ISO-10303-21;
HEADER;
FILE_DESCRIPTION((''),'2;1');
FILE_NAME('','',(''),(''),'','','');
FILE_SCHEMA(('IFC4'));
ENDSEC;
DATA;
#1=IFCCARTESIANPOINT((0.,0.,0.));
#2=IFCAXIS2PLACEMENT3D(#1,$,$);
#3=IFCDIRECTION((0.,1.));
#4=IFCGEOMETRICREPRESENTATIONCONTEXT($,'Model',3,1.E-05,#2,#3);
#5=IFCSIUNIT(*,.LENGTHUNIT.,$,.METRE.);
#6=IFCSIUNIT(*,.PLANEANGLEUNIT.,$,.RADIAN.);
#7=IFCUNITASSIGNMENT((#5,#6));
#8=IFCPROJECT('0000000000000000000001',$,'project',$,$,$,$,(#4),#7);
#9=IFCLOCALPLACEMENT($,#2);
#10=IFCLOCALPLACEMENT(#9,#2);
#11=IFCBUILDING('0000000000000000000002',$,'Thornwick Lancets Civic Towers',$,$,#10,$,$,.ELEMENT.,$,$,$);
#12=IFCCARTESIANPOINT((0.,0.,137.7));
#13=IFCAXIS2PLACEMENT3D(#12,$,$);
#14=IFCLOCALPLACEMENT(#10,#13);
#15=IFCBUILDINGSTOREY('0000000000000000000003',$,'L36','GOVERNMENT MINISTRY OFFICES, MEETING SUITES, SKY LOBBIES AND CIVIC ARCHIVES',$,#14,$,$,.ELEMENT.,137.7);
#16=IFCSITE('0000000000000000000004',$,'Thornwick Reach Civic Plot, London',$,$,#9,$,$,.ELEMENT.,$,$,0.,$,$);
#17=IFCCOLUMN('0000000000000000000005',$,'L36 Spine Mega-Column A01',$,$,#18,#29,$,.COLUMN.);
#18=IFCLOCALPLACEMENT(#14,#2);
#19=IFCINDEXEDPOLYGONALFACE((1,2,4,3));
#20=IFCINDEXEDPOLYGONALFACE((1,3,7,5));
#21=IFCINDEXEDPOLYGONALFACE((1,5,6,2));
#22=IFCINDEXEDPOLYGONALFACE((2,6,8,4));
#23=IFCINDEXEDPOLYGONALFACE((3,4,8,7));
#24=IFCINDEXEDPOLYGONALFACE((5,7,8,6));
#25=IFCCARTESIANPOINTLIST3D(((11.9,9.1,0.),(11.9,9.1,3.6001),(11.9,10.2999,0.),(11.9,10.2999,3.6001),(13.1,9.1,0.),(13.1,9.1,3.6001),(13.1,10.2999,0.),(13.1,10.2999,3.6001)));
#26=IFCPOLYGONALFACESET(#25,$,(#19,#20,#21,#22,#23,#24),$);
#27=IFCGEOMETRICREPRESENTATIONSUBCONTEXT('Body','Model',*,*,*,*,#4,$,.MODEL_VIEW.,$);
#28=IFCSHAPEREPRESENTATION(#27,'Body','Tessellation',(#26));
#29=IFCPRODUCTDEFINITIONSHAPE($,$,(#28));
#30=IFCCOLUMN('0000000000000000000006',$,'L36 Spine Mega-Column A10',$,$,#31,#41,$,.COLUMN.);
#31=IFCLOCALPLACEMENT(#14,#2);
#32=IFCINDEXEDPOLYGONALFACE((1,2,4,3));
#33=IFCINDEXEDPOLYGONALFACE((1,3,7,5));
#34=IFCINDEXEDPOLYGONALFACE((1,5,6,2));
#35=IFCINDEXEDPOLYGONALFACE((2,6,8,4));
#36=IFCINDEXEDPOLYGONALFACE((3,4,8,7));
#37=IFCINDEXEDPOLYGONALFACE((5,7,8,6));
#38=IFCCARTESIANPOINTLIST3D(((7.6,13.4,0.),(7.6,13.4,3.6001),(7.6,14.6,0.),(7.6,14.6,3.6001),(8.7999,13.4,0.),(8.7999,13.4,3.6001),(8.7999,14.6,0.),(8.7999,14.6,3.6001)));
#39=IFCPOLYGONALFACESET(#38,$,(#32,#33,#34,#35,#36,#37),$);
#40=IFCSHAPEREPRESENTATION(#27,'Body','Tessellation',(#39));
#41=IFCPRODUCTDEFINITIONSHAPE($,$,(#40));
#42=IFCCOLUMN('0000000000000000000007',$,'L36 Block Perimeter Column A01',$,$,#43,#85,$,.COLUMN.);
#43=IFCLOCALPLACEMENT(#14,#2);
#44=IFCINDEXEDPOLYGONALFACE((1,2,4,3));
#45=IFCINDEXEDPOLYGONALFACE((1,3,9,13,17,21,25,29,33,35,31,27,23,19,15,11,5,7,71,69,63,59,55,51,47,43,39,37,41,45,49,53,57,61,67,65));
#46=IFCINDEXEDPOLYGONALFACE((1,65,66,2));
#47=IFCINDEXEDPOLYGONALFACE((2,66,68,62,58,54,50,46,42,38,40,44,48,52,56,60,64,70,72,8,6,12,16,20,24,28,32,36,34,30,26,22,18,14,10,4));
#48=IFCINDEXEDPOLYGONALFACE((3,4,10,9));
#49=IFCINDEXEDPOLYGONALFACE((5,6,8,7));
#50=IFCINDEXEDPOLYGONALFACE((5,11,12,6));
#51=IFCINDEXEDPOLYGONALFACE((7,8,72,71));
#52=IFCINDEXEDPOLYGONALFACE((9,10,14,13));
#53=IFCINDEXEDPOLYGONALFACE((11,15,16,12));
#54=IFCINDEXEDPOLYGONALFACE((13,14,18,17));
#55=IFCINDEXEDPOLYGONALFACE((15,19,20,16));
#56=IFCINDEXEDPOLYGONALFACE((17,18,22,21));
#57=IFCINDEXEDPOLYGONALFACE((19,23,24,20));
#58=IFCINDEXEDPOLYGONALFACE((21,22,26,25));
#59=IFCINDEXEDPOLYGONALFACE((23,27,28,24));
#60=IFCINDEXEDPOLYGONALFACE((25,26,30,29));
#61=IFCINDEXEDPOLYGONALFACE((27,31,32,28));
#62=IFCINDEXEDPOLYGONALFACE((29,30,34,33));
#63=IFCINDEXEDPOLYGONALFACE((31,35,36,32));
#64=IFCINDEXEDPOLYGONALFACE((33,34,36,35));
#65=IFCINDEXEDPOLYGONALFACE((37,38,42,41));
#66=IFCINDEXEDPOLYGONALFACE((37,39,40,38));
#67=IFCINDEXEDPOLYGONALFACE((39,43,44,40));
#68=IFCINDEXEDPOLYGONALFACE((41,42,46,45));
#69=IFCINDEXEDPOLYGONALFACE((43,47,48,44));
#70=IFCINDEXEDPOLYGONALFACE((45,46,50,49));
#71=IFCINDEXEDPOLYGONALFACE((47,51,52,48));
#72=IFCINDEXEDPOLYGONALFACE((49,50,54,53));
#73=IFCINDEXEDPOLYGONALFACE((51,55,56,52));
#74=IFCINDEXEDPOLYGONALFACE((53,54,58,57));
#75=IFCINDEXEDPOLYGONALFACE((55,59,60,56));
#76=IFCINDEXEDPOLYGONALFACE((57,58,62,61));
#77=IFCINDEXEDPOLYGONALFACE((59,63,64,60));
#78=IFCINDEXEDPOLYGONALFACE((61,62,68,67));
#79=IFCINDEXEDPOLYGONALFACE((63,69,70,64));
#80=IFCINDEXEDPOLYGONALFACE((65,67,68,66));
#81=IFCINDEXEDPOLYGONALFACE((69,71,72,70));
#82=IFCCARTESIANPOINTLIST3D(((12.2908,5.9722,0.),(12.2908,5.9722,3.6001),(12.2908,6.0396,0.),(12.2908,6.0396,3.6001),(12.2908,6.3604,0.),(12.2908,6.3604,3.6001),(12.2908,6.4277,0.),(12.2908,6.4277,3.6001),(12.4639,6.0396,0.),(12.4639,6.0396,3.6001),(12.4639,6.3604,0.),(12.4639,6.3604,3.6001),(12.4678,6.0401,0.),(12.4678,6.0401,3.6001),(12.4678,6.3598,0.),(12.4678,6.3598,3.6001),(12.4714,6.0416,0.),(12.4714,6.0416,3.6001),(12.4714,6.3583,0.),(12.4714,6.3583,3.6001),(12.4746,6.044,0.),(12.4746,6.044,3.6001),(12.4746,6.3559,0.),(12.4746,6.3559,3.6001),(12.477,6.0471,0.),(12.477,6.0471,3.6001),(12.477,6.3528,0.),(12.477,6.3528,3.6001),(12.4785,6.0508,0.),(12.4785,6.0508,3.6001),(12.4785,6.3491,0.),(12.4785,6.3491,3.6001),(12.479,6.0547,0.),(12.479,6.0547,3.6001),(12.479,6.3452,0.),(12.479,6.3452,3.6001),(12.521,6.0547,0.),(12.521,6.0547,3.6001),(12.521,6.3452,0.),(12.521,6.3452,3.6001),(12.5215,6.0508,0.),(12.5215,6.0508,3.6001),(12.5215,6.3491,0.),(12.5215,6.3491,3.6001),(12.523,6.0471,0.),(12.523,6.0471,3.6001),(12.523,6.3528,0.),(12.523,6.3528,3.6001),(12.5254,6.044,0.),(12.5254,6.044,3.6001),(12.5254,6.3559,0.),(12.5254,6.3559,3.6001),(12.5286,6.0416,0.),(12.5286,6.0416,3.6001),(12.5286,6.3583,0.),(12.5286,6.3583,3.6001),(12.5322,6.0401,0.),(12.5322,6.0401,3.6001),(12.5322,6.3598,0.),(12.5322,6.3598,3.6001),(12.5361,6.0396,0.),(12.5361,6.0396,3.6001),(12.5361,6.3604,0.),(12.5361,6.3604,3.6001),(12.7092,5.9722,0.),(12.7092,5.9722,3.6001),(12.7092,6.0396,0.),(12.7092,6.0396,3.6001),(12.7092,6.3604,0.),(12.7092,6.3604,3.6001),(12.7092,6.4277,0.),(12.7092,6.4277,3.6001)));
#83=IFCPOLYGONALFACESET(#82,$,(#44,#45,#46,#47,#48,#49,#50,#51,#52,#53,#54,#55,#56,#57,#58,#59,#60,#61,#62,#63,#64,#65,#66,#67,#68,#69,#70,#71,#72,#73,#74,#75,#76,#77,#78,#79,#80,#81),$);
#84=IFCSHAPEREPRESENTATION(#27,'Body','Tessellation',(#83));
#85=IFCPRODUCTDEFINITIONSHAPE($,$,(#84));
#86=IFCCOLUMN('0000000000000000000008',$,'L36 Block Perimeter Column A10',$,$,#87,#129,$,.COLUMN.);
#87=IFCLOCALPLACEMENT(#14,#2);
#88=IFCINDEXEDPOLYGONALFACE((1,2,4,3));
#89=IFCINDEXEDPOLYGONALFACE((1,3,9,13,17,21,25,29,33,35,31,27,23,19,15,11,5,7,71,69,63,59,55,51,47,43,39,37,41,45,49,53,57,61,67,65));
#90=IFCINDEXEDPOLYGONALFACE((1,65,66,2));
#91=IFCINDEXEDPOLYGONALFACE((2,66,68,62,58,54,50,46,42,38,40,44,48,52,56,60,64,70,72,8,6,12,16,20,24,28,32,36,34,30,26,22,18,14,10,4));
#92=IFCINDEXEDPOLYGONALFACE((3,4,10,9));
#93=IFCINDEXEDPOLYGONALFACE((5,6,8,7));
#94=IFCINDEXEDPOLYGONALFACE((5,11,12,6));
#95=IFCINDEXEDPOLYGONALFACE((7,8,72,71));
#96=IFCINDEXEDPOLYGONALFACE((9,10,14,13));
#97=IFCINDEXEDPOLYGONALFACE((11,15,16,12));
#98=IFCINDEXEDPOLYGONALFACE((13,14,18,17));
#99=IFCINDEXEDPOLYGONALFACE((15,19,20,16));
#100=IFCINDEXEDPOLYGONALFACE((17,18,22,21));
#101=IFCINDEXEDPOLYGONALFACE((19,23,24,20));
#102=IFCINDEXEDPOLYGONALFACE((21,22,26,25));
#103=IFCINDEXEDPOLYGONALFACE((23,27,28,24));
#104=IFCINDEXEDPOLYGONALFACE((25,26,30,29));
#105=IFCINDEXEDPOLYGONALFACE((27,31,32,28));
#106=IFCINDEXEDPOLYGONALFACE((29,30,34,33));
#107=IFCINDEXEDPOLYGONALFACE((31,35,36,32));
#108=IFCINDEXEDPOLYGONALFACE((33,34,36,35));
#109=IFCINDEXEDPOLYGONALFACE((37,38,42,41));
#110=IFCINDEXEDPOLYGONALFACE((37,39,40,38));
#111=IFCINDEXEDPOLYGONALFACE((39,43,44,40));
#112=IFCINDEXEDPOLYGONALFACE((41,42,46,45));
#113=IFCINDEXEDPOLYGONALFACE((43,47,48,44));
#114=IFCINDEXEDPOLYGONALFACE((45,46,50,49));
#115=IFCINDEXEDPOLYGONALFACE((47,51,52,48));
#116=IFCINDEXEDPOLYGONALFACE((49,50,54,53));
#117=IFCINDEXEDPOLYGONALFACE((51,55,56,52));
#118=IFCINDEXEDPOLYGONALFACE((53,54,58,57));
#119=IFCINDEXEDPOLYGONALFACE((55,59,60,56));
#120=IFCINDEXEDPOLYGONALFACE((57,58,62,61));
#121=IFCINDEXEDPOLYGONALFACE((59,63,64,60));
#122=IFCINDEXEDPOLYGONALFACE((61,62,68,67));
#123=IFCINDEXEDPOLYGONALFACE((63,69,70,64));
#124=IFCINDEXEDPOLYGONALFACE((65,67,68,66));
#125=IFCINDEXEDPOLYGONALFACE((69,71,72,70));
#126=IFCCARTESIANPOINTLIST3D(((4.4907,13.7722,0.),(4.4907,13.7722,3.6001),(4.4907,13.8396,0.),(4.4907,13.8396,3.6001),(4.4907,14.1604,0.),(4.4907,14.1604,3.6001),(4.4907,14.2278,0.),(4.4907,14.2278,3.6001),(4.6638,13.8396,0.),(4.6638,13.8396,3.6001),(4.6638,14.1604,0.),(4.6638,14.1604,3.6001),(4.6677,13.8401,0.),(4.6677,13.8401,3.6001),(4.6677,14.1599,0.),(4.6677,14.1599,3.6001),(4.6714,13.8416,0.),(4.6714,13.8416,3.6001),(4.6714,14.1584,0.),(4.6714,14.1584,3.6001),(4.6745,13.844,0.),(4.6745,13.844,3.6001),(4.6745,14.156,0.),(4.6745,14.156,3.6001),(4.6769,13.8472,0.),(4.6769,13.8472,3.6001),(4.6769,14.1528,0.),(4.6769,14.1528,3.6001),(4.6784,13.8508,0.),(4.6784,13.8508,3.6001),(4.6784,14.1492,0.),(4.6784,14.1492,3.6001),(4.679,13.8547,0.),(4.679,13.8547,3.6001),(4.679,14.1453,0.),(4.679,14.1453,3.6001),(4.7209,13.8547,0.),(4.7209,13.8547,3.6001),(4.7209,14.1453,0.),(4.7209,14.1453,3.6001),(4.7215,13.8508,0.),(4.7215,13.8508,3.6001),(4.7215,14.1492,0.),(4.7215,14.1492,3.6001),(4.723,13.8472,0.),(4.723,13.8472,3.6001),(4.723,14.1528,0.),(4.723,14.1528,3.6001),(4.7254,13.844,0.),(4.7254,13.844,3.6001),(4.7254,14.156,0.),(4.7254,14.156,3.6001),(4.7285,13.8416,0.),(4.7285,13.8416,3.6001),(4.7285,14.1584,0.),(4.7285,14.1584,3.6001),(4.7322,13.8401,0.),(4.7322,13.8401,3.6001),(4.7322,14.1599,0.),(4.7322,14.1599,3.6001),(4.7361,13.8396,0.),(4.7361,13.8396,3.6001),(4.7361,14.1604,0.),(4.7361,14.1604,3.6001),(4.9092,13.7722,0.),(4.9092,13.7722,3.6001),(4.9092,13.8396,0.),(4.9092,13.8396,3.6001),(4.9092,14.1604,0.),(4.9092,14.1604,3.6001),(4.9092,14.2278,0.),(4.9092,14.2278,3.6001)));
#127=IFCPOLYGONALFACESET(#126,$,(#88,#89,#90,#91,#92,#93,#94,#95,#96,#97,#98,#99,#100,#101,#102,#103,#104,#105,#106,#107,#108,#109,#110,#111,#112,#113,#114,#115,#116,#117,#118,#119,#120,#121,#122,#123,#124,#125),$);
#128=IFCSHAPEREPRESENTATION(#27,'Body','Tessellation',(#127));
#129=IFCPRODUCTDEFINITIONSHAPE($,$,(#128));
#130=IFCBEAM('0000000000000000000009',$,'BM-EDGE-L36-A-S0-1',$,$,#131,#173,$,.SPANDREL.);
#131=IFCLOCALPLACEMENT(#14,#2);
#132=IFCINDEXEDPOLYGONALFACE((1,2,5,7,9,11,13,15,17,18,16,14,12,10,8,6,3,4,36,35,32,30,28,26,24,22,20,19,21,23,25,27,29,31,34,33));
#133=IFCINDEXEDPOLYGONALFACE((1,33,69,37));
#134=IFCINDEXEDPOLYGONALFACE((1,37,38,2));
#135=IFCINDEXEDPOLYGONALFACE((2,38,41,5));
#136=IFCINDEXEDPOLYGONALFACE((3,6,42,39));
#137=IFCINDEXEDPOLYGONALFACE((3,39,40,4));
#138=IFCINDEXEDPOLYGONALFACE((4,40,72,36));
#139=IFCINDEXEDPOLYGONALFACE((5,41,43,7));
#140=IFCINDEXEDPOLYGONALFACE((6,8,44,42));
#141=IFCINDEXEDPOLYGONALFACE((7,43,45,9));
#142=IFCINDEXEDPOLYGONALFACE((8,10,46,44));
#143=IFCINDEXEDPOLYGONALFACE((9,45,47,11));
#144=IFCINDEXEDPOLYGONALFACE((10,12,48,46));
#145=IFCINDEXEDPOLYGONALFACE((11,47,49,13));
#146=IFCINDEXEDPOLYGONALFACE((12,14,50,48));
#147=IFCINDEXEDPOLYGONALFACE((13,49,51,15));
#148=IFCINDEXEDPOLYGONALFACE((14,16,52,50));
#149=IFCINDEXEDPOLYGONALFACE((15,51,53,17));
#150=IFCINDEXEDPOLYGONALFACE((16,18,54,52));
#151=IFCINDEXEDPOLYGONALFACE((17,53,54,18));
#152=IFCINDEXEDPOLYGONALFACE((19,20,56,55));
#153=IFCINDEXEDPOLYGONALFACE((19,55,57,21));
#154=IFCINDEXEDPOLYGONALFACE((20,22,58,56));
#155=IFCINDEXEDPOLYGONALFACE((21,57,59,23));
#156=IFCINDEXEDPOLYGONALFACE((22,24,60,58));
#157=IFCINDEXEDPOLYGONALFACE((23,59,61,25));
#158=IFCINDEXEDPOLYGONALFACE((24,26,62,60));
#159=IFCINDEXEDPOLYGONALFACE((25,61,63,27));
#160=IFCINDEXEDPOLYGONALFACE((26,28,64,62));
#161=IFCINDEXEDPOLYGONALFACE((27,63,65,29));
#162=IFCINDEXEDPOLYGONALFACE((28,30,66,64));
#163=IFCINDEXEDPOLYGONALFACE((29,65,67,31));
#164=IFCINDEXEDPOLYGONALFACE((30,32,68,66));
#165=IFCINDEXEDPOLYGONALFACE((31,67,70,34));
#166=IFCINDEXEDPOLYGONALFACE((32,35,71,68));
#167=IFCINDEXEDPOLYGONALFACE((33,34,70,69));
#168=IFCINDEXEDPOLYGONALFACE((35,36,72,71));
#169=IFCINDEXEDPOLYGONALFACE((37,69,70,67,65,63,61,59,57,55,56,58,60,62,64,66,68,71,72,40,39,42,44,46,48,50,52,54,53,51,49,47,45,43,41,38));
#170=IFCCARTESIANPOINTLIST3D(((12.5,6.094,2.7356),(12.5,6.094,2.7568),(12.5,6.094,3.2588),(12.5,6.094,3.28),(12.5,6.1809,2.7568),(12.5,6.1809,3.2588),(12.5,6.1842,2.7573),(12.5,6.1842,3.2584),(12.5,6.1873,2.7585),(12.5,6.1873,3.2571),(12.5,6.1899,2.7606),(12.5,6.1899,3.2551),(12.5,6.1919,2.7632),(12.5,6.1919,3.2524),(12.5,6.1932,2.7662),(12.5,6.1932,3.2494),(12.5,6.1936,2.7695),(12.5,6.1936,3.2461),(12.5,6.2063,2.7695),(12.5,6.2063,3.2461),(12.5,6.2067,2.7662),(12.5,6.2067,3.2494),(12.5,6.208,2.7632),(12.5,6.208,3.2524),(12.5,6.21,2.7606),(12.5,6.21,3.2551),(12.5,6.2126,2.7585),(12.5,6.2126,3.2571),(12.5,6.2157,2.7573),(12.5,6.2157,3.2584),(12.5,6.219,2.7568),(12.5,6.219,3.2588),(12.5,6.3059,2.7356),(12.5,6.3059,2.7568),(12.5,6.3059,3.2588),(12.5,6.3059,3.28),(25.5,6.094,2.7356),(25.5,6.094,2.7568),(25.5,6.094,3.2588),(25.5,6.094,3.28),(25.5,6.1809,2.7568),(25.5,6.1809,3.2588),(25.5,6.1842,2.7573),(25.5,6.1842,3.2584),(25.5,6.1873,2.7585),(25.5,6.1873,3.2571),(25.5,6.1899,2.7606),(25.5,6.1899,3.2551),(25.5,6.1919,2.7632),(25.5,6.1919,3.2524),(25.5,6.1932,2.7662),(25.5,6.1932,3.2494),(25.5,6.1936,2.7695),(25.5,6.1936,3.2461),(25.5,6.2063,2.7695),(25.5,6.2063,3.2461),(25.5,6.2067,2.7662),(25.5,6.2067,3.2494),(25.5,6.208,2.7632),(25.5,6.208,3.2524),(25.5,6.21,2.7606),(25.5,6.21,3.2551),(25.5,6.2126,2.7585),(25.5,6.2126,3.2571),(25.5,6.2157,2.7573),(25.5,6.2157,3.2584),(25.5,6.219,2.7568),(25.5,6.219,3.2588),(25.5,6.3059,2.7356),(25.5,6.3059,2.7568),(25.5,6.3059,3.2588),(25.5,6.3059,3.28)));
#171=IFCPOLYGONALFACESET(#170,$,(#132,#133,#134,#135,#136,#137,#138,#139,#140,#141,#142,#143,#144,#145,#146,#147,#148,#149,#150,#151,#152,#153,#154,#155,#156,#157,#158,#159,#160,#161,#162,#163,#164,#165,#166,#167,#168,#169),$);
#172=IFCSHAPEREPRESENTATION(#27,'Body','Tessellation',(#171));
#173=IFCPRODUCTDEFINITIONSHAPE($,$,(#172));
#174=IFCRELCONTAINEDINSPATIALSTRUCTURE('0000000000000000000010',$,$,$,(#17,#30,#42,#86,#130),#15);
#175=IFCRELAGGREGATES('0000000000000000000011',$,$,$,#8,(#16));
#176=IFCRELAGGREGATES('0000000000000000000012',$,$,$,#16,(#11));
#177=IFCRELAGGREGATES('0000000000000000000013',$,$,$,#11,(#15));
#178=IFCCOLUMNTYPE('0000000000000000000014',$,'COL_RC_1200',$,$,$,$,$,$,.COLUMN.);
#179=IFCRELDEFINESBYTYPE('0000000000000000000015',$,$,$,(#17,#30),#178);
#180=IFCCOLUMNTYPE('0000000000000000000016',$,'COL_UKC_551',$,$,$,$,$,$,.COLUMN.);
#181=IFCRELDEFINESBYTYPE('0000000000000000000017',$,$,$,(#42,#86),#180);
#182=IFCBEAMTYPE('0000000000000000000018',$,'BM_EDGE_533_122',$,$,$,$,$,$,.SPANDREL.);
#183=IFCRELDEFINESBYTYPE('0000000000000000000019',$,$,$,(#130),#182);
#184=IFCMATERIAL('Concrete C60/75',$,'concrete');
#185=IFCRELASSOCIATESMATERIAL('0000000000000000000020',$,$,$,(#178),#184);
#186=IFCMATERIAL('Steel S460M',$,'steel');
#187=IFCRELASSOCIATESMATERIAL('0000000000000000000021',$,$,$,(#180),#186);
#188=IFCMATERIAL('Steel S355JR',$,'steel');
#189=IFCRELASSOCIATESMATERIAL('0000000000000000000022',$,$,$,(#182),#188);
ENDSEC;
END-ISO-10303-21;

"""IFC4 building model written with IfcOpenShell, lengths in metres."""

from ifc_helpers import new_model, si_unit, direction, frame, origin, origin_2d, place, context, subcontext, project, spatial, rectangle, i_section, extrude, material, material_profile, profile_set, type_object, element, save


model = new_model("IFC4")

# Units and contexts
model_context = context("Model", 3, precision=1e-05, world=origin(), true_north=direction((0.0, 1.0)))
body_context = subcontext(model_context, "Body", "Model", "MODEL_VIEW")
ifc_project = project(units=[si_unit("LENGTHUNIT", "METRE"), si_unit("PLANEANGLEUNIT", "RADIAN")], contexts=[model_context])

# Site, building, storey
site_placement = place(None, origin())
site = spatial("IfcSite", under=ifc_project, at=site_placement, Name="Thornwick Reach Civic Plot, London", CompositionType="ELEMENT", RefElevation=0.0)
building_placement = place(site_placement, origin())
building = spatial("IfcBuilding", under=site, at=building_placement, Name="Thornwick Lancets Civic Towers", CompositionType="ELEMENT")
storey_placement = place(building_placement, frame((0.0, 0.0, 137.7)))
storey = spatial("IfcBuildingStorey", under=building, at=storey_placement, Name="L36", Description="GOVERNMENT MINISTRY OFFICES, MEETING SUITES, SKY LOBBIES AND CIVIC ARCHIVES", CompositionType="ELEMENT", Elevation=137.7)

# Columns
ifc_material_1 = material(Name="Concrete C60/75", Category="concrete")
ifc_material_profile_1 = material_profile(ifc_material_1, rectangle(XDim=1.2, YDim=1.2, at=origin_2d()), Name="RC 1200x1200")
ifc_profile_set_1 = profile_set([ifc_material_profile_1], Name="Concrete C60/75")
column_type_1 = type_object("IfcColumnType", Name="COL_RC_1200", PredefinedType="COLUMN", material=ifc_profile_set_1)
for number, where, z_axis, x_axis, name in (
    (1, (12.5, 9.7, 0.0), (0.0, 0.0, 1.0), (1.0, 0.0, 0.0), "L36 Spine Mega-Column A01"),
    (2, (8.2, 14.0, 0.0), (0.0, 0.0, 1.0), (1.0, 0.0, 0.0), "L36 Spine Mega-Column A10"),
):
    element("IfcColumn", number, at=place(storey_placement, frame(where, z_axis=z_axis, x_axis=x_axis)), inside=storey, type_object=column_type_1, Name=name, PredefinedType="COLUMN", context=body_context, shape_type="SweptSolid", body=[
        extrude(rectangle(XDim=1.2, YDim=1.2, at=origin_2d()), origin(), (0.0, 0.0, 1.0), 3.6001),
    ])
ifc_material_2 = material(Name="Steel S460M", Category="steel")
ifc_material_profile_2 = material_profile(ifc_material_2, i_section(OverallWidth=0.4185, OverallDepth=0.4556, WebThickness=0.042, FlangeThickness=0.0674, FilletRadius=0.0151, at=origin_2d()), Name="UKC 356x406x551")
ifc_profile_set_2 = profile_set([ifc_material_profile_2], Name="Steel S460M")
column_type_2 = type_object("IfcColumnType", Name="COL_UKC_551", PredefinedType="COLUMN", material=ifc_profile_set_2)
for number, where, z_axis, x_axis, name in (
    (3, (12.5, 6.2, 0.0), (0.0, 0.0, 1.0), (1.0, 0.0, 0.0), "L36 Block Perimeter Column A01"),
    (4, (4.7, 14.0, 0.0), (0.0, 0.0, 1.0), (1.0, 0.0, 0.0), "L36 Block Perimeter Column A10"),
):
    element("IfcColumn", number, at=place(storey_placement, frame(where, z_axis=z_axis, x_axis=x_axis)), inside=storey, type_object=column_type_2, Name=name, PredefinedType="COLUMN", context=body_context, shape_type="SweptSolid", body=[
        extrude(i_section(OverallWidth=0.4185, OverallDepth=0.4556, WebThickness=0.042, FlangeThickness=0.0674, FilletRadius=0.0151, at=origin_2d()), origin(), (0.0, 0.0, 1.0), 3.6001),
    ])

# Beam
ifc_material_3 = material(Name="Steel S355JR", Category="steel")
ifc_material_profile_3 = material_profile(ifc_material_3, i_section(OverallWidth=0.2119, OverallDepth=0.5444, WebThickness=0.0127, FlangeThickness=0.0212, FilletRadius=0.0127, at=origin_2d()), Name="UKB 533x210x122")
ifc_profile_set_3 = profile_set([ifc_material_profile_3], Name="Steel S355JR")
beam_type_1 = type_object("IfcBeamType", Name="BM_EDGE_533_122", PredefinedType="SPANDREL", material=ifc_profile_set_3)
for number, where, z_axis, x_axis, name in (
    (5, (12.5, 6.2, 3.0078), (1.0, 0.0, 0.0), (0.0, 1.0, 0.0), "BM-EDGE-L36-A-S0-1"),
):
    element("IfcBeam", number, at=place(storey_placement, frame(where, z_axis=z_axis, x_axis=x_axis)), inside=storey, type_object=beam_type_1, Name=name, PredefinedType="SPANDREL", context=body_context, shape_type="SweptSolid", body=[
        extrude(i_section(OverallWidth=0.2119, OverallDepth=0.5444, WebThickness=0.0127, FlangeThickness=0.0212, FilletRadius=0.0127, at=origin_2d()), origin(), (0.0, 0.0, 1.0), 13.0),
    ])

save(model, "model.ifc")
